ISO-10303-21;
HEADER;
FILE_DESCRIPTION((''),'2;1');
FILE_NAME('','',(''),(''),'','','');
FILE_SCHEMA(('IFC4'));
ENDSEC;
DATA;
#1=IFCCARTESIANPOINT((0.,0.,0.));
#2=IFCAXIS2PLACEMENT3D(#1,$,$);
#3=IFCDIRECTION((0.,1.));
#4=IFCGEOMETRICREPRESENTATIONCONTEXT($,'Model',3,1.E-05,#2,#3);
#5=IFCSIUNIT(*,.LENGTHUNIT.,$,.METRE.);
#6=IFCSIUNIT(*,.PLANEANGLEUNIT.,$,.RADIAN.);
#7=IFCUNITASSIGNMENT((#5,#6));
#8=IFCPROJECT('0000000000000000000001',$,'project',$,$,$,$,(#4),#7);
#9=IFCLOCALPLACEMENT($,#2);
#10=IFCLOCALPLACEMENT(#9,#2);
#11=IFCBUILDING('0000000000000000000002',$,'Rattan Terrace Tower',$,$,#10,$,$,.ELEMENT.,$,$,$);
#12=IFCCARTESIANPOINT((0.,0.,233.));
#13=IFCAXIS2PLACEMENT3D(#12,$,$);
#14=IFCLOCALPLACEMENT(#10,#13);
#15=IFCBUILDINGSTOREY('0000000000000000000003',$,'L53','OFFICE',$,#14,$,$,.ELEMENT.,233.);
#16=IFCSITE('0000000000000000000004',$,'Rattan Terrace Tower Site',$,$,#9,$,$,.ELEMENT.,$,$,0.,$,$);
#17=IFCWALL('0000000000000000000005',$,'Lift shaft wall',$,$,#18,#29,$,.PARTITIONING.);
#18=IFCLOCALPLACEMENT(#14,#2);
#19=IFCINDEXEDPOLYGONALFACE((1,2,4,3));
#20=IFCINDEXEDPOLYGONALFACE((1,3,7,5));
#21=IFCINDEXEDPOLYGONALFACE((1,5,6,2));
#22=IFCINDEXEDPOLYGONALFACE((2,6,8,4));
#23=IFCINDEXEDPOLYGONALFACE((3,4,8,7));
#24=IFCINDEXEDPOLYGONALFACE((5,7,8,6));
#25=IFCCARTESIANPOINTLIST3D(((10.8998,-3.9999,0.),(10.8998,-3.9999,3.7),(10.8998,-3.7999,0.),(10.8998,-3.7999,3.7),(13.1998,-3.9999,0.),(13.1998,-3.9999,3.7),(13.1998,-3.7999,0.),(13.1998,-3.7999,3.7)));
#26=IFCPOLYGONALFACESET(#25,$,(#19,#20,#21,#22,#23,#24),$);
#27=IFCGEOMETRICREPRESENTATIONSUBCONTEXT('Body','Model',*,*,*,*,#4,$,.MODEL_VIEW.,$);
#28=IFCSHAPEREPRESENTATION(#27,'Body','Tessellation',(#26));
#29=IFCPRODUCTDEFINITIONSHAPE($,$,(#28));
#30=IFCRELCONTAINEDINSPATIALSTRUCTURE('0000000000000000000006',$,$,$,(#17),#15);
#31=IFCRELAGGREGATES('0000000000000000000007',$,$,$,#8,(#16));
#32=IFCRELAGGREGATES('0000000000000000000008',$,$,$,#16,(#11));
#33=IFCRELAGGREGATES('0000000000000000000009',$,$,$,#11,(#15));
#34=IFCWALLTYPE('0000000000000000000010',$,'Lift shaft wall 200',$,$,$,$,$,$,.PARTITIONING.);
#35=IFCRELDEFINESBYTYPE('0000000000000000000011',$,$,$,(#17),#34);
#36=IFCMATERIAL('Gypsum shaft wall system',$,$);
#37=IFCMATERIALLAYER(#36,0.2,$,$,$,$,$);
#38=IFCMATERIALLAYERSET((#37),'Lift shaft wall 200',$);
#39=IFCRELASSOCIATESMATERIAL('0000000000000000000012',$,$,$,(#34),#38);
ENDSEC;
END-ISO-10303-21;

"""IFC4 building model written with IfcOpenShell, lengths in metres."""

from ifc_helpers import new_model, si_unit, direction, frame, frame_2d, origin, place, context, subcontext, project, spatial, rectangle, extrude, material, layer, layer_set, type_object, element, save


model = new_model("IFC4")

# Units and contexts
model_context = context("Model", 3, precision=1e-05, world=origin(), true_north=direction((0.0, 1.0)))
body_context = subcontext(model_context, "Body", "Model", "MODEL_VIEW")
ifc_project = project(units=[si_unit("LENGTHUNIT", "METRE"), si_unit("PLANEANGLEUNIT", "RADIAN")], contexts=[model_context])

# Site, building, storey
site_placement = place(None, origin())
site = spatial("IfcSite", under=ifc_project, at=site_placement, Name="Rattan Terrace Tower Site", CompositionType="ELEMENT", RefElevation=0.0)
building_placement = place(site_placement, origin())
building = spatial("IfcBuilding", under=site, at=building_placement, Name="Rattan Terrace Tower", CompositionType="ELEMENT")
storey_placement = place(building_placement, frame((0.0, 0.0, 233.0)))
storey = spatial("IfcBuildingStorey", under=building, at=storey_placement, Name="L53", Description="OFFICE", CompositionType="ELEMENT", Elevation=233.0)

# Shared definitions
ifc_material_1 = material(Name="Gypsum shaft wall system")
ifc_layer_1 = layer(ifc_material_1, 0.2)
ifc_layer_set_1 = layer_set([ifc_layer_1], Name="Lift shaft wall 200")
wall_type_1 = type_object("IfcWallType", Name="Lift shaft wall 200", PredefinedType="PARTITIONING", material=ifc_layer_set_1)

# Wall
wall_1_placement = place(storey_placement, frame((10.8999, -3.8999, 0.0), z_axis=(0.0, 0.0, 1.0), x_axis=(1.0, 0.0, 0.0)))
element("IfcWall", 1, at=wall_1_placement, inside=storey, type_object=wall_type_1, Name="Lift shaft wall", PredefinedType="PARTITIONING", context=body_context, shape_type="SweptSolid", body=[
    extrude(rectangle(XDim=2.3, YDim=0.2, at=frame_2d((1.1499, 0.0))), origin(), (0.0, 0.0, 1.0), 3.7),
])

save(model, "model.ifc")
